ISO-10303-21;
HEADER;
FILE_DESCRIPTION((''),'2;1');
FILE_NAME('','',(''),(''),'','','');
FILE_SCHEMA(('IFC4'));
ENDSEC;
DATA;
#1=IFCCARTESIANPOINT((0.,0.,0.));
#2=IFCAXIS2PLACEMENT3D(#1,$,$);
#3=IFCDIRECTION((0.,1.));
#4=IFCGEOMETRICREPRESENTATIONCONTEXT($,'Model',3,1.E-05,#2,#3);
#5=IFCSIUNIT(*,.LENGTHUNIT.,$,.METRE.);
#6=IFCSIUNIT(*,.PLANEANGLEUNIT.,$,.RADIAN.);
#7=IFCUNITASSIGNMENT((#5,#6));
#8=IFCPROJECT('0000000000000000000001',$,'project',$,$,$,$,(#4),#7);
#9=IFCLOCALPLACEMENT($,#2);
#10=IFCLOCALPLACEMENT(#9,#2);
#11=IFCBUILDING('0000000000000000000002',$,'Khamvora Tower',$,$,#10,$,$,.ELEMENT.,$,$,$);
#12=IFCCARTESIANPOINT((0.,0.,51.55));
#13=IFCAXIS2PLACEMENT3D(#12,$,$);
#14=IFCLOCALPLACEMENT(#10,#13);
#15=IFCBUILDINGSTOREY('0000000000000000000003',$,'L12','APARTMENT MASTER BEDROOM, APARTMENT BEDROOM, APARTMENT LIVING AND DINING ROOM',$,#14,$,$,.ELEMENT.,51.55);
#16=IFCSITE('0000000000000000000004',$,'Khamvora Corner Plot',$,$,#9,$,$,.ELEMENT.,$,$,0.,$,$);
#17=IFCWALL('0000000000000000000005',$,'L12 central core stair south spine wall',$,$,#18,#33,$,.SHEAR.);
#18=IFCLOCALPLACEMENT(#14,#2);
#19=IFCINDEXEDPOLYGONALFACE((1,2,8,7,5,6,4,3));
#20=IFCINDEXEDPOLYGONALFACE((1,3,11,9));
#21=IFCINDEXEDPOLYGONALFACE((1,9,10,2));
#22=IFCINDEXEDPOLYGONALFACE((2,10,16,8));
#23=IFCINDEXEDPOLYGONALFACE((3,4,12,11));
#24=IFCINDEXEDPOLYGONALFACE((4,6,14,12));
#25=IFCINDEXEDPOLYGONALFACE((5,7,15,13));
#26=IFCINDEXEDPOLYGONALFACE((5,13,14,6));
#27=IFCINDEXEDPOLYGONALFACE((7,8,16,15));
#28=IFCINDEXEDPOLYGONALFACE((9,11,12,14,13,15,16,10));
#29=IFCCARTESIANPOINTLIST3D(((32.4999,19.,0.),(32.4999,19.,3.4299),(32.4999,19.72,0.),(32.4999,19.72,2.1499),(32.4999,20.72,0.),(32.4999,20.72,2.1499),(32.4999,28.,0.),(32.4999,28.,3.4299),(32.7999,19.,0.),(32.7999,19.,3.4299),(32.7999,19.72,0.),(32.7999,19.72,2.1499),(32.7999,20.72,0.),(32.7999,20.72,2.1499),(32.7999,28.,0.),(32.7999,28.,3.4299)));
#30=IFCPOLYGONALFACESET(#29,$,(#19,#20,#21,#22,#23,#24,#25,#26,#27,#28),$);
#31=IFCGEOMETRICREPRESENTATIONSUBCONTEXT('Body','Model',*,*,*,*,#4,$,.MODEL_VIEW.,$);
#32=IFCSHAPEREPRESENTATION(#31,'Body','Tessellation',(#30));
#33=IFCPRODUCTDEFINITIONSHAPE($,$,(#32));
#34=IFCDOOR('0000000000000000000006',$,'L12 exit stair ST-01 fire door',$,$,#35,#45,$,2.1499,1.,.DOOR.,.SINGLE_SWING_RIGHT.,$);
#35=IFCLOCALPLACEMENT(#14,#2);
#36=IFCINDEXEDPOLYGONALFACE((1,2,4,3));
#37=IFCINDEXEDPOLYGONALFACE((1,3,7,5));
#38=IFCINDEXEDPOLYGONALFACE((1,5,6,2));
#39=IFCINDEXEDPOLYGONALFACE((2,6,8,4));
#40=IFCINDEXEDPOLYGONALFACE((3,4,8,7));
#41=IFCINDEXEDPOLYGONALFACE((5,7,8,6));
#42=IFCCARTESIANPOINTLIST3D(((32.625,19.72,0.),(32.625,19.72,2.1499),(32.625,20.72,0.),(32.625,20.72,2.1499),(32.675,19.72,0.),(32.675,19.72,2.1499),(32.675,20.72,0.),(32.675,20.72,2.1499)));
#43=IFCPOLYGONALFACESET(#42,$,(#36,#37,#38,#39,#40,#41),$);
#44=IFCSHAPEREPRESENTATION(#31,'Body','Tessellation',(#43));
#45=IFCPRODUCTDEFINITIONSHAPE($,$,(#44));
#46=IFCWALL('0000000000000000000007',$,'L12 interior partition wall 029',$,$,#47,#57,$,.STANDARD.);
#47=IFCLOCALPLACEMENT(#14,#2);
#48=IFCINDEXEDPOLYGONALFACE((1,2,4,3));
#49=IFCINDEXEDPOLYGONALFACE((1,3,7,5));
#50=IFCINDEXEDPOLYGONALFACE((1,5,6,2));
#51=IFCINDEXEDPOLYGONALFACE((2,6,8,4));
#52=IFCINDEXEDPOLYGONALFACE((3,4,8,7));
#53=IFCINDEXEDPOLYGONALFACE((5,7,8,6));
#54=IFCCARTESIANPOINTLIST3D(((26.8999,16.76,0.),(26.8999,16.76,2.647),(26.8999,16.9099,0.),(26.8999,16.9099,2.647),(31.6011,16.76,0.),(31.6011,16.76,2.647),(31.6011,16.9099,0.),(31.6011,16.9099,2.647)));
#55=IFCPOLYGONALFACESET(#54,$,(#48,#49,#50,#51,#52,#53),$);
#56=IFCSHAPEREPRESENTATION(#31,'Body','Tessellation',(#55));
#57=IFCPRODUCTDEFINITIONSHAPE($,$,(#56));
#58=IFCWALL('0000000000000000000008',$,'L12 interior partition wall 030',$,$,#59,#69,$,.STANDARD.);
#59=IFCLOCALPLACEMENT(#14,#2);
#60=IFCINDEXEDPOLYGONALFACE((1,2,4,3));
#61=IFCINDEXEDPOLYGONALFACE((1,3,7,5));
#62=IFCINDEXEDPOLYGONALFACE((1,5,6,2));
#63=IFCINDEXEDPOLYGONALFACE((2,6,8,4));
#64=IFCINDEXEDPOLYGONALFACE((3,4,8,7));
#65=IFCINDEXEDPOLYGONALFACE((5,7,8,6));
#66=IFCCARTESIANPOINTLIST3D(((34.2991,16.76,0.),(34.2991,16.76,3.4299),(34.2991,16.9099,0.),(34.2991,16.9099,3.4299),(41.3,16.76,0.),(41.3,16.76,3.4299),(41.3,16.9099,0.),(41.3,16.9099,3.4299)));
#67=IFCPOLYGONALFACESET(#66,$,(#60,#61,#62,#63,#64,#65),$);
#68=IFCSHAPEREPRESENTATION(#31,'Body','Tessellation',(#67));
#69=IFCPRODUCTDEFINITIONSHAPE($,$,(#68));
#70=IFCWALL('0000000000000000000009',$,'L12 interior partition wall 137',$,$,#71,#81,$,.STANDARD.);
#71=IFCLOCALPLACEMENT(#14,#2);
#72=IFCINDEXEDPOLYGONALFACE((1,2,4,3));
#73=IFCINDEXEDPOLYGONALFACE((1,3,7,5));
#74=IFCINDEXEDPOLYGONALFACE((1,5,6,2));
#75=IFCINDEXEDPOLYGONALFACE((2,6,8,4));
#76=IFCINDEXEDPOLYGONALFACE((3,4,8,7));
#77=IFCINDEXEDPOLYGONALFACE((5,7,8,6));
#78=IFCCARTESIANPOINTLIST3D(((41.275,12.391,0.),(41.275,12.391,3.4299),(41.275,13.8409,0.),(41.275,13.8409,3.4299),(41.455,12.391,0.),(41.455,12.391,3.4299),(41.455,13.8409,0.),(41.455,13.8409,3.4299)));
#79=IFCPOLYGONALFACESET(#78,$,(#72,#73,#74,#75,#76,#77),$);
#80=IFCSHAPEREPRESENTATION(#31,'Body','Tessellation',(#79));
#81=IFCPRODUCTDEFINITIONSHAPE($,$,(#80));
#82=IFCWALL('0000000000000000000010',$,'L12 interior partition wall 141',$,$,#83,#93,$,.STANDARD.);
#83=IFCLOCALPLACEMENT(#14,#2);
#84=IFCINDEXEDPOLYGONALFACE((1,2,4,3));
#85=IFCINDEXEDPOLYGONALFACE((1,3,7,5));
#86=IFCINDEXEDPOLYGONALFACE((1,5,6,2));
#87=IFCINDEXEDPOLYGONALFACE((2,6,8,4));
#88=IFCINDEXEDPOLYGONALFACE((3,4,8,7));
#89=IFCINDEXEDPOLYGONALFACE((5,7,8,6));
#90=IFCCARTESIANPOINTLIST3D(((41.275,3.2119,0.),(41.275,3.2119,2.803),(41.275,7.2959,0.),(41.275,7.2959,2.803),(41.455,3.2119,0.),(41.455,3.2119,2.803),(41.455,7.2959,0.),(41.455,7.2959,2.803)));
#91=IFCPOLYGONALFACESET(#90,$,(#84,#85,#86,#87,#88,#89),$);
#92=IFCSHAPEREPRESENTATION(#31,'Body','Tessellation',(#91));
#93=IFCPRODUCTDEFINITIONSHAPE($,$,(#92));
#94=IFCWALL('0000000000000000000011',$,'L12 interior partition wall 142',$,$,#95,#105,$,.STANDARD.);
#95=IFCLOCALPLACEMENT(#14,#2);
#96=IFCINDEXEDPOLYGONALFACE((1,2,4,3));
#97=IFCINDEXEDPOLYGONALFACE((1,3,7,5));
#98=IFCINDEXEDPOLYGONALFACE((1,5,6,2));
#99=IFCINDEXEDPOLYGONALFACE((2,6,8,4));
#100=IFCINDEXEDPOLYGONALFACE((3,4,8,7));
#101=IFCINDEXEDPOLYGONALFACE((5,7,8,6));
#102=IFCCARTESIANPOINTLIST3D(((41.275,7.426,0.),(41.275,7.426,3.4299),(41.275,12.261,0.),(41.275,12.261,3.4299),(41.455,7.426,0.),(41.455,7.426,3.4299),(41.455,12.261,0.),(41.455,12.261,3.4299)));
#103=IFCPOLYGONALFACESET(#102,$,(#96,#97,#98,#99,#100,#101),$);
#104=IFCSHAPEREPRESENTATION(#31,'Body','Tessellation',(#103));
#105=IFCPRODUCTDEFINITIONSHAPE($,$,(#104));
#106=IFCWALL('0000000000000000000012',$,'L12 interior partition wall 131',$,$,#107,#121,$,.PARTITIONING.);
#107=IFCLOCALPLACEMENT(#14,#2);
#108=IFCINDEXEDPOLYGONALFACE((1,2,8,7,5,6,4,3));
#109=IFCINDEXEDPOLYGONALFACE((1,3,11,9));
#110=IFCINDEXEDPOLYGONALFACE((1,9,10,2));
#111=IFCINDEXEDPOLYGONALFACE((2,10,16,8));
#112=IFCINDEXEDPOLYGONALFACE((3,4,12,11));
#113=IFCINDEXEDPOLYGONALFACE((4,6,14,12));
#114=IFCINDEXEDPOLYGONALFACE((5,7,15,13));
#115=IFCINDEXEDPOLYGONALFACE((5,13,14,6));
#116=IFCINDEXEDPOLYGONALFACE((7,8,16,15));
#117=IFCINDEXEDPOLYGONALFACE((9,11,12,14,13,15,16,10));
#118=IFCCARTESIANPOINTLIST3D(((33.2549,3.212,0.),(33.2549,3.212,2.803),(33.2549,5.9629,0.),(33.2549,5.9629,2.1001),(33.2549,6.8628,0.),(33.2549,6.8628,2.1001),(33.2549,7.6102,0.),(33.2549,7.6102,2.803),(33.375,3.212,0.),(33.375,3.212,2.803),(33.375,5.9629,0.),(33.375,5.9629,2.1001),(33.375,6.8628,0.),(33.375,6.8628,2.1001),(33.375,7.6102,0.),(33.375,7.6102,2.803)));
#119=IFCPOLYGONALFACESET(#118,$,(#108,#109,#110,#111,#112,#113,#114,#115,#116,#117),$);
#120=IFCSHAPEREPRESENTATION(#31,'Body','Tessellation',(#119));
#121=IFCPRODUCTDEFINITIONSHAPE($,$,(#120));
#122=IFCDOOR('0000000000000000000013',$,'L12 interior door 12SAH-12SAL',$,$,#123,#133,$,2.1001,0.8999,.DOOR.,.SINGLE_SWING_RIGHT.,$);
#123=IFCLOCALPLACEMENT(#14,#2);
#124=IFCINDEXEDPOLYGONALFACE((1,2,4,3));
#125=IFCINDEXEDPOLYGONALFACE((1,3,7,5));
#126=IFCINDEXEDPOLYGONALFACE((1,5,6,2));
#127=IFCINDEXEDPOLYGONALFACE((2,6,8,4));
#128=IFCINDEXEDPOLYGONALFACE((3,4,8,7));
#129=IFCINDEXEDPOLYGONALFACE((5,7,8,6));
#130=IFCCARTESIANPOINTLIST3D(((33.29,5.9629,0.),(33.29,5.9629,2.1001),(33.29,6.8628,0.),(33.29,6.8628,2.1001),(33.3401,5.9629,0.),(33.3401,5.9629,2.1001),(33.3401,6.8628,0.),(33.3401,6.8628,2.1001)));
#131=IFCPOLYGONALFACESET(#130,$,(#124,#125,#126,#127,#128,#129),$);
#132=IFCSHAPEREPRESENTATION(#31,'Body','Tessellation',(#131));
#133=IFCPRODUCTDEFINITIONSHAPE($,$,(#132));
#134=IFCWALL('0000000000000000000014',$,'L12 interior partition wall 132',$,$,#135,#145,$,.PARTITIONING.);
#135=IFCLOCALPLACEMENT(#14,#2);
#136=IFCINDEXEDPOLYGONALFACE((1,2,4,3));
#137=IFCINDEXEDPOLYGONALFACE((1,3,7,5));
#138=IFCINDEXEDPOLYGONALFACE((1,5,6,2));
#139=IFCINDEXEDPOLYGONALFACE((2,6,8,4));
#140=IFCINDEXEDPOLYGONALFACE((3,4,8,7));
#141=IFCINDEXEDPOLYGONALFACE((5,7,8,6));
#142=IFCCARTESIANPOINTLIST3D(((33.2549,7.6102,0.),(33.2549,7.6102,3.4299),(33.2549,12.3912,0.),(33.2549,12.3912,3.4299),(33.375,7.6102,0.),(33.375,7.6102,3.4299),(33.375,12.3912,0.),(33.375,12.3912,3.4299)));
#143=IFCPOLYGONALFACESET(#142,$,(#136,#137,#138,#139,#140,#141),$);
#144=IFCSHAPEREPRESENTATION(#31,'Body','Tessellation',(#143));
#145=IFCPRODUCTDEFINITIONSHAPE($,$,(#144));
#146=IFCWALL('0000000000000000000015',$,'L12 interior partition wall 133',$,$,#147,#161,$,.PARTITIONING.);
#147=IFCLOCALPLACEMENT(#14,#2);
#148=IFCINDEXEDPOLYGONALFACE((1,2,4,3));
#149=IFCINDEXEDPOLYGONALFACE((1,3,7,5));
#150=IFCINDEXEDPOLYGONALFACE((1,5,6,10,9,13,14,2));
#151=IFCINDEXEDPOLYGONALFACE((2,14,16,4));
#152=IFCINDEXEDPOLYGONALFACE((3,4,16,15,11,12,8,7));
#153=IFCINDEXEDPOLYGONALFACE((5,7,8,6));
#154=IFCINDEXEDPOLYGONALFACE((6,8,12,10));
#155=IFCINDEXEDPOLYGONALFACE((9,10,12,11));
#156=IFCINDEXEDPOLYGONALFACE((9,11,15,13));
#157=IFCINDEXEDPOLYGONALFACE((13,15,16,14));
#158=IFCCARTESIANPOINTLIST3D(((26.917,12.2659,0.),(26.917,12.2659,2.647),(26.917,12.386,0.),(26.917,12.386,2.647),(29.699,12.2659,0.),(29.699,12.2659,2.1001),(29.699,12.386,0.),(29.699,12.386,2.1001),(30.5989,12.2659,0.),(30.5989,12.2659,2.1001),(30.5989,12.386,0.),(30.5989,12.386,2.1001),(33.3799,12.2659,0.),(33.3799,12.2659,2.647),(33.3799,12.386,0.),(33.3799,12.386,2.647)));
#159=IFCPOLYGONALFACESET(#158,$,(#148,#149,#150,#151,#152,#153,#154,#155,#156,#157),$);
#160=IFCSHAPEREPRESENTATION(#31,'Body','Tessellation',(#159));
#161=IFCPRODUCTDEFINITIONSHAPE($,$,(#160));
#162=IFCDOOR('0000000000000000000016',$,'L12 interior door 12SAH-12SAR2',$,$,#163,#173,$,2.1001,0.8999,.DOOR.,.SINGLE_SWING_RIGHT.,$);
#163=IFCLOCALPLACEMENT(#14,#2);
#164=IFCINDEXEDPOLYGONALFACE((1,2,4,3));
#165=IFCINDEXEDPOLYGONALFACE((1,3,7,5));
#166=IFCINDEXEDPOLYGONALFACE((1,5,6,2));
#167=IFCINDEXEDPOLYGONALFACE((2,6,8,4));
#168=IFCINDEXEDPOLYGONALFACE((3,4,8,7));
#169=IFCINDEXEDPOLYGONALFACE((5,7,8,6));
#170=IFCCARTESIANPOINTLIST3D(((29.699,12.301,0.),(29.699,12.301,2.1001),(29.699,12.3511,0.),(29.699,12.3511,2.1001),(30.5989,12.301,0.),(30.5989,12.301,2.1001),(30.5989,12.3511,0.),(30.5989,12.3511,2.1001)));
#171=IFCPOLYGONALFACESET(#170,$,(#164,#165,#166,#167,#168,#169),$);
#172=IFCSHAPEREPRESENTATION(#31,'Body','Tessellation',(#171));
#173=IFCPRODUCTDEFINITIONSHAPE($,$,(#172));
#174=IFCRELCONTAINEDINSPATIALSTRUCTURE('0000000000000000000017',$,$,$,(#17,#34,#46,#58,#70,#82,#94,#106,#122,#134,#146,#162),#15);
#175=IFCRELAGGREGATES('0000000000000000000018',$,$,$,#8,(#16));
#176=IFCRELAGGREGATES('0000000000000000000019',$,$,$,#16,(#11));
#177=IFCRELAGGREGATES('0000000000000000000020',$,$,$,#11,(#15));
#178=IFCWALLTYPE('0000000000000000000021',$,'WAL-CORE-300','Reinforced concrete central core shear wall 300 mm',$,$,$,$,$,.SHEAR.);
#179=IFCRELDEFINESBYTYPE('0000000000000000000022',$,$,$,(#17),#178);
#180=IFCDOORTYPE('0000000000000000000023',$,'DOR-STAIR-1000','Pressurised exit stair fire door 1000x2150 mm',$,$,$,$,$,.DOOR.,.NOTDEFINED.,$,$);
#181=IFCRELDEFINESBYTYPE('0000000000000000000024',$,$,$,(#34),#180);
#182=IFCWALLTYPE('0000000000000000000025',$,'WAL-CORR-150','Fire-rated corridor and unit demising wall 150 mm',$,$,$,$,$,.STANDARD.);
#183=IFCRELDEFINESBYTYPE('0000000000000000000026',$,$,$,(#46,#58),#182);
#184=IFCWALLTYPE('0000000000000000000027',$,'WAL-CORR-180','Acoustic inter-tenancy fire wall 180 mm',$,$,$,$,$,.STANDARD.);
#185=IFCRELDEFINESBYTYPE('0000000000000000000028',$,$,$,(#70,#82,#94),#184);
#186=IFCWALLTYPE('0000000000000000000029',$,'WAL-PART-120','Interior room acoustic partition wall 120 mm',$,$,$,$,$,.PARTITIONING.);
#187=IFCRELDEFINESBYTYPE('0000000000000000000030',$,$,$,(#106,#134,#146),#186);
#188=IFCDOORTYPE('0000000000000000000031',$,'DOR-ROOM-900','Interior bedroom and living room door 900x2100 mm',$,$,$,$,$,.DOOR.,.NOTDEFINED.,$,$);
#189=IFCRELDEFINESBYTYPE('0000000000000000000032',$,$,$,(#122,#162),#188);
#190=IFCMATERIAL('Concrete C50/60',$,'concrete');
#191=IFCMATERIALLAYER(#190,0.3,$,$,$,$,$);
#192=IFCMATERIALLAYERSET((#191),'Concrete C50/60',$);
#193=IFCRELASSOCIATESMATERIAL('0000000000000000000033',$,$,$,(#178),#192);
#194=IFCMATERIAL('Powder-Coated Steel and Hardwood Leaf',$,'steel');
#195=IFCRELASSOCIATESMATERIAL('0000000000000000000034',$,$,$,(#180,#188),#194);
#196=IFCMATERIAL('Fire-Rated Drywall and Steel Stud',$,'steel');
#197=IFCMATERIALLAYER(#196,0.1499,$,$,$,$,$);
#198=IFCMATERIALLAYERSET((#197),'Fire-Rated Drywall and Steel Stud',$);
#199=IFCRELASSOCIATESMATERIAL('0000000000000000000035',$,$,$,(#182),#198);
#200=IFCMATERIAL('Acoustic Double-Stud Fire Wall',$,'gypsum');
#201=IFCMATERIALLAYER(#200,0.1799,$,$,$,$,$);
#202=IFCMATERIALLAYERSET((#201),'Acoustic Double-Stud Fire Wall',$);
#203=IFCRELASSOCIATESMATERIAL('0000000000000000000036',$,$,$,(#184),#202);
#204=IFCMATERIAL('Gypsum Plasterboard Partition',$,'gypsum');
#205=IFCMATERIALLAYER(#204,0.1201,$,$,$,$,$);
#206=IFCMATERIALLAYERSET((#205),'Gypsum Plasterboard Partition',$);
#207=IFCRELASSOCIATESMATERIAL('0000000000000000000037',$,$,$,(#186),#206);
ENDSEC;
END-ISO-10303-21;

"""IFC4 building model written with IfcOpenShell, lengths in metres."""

from ifc_helpers import new_model, si_unit, direction, frame, frame_2d, origin, place, context, subcontext, project, spatial, rectangle, extrude, material, layer, layer_set, type_object, element, fill, save


model = new_model("IFC4")

# Units and contexts
model_context = context("Model", 3, precision=1e-05, world=origin(), true_north=direction((0.0, 1.0)))
body_context = subcontext(model_context, "Body", "Model", "MODEL_VIEW")
ifc_project = project(units=[si_unit("LENGTHUNIT", "METRE"), si_unit("PLANEANGLEUNIT", "RADIAN")], contexts=[model_context])

# Site, building, storey
site_placement = place(None, origin())
site = spatial("IfcSite", under=ifc_project, at=site_placement, Name="Khamvora Corner Plot", CompositionType="ELEMENT", RefElevation=0.0)
building_placement = place(site_placement, origin())
building = spatial("IfcBuilding", under=site, at=building_placement, Name="Khamvora Tower", CompositionType="ELEMENT")
storey_placement = place(building_placement, frame((0.0, 0.0, 51.55)))
storey = spatial("IfcBuildingStorey", under=building, at=storey_placement, Name="L12", Description="APARTMENT MASTER BEDROOM, APARTMENT BEDROOM, APARTMENT LIVING AND DINING ROOM", CompositionType="ELEMENT", Elevation=51.55)

# Shared definitions
ifc_material_1 = material(Name="Concrete C50/60", Category="concrete")
ifc_layer_1 = layer(ifc_material_1, 0.3)
ifc_layer_set_1 = layer_set([ifc_layer_1], Name="Concrete C50/60")
wall_type_1 = type_object("IfcWallType", Name="WAL-CORE-300", Description="Reinforced concrete central core shear wall 300 mm", PredefinedType="SHEAR", material=ifc_layer_set_1)

# Wall, opening, door
ifc_material_2 = material(Name="Powder-Coated Steel and Hardwood Leaf", Category="steel")
wall_1_placement = place(storey_placement, frame((32.6499, 19.0, 0.0), z_axis=(0.0, 0.0, 1.0), x_axis=(0.0, 1.0, 0.0)))
wall_1 = element("IfcWall", 1, at=wall_1_placement, inside=storey, type_object=wall_type_1, Name="L12 central core stair south spine wall", PredefinedType="SHEAR", context=body_context, shape_type="SweptSolid", body=[
    extrude(rectangle(XDim=9.0, YDim=0.3, at=frame_2d((4.5, 0.0))), origin(), (0.0, 0.0, 1.0), 3.4299),
])
opening_1_placement = place(wall_1_placement, frame((0.72, 0.0, 0.0)))
opening_1 = element("IfcOpeningElement", 2, at=opening_1_placement, cuts=wall_1, PredefinedType="OPENING", context=body_context, shape_type="SweptSolid", body=[
    extrude(rectangle(XDim=1.0, YDim=2.1499, at=frame_2d((0.5, 1.075))), frame((0.0, 0.1599, 0.0), z_axis=(0.0, -1.0, 0.0), x_axis=(1.0, 0.0, 0.0)), (0.0, 0.0, 1.0), 0.3201),
])
door_type_1 = type_object("IfcDoorType", Name="DOR-STAIR-1000", Description="Pressurised exit stair fire door 1000x2150 mm", OperationType="NOTDEFINED", PredefinedType="DOOR", material=ifc_material_2)
door_1_placement = place(opening_1_placement, origin())
door_1 = element("IfcDoor", 3, at=door_1_placement, inside=storey, type_object=door_type_1, Name="L12 exit stair ST-01 fire door", OperationType="SINGLE_SWING_RIGHT", OverallHeight=2.1499, OverallWidth=1.0, PredefinedType="DOOR", context=body_context, shape_type="SweptSolid", body=[
    extrude(rectangle(XDim=1.0, YDim=2.1499, at=frame_2d((0.5, 1.075))), frame((0.0, 0.0249, 0.0), z_axis=(0.0, -1.0, 0.0), x_axis=(1.0, 0.0, 0.0)), (0.0, 0.0, 1.0), 0.05),
])
fill(opening_1, door_1)
ifc_material_3 = material(Name="Fire-Rated Drywall and Steel Stud", Category="steel")
ifc_layer_2 = layer(ifc_material_3, 0.1499)
ifc_layer_set_2 = layer_set([ifc_layer_2], Name="Fire-Rated Drywall and Steel Stud")
wall_type_2 = type_object("IfcWallType", Name="WAL-CORR-150", Description="Fire-rated corridor and unit demising wall 150 mm", PredefinedType="STANDARD", material=ifc_layer_set_2)

# Walls
wall_2_placement = place(storey_placement, frame((31.6011, 16.835, 0.0), z_axis=(0.0, 0.0, 1.0), x_axis=(-1.0, 0.0, 0.0)))
element("IfcWall", 4, at=wall_2_placement, inside=storey, type_object=wall_type_2, Name="L12 interior partition wall 029", PredefinedType="STANDARD", context=body_context, shape_type="SweptSolid", body=[
    extrude(rectangle(XDim=4.7012, YDim=0.1499, at=frame_2d((2.3506, 0.0))), origin(), (0.0, 0.0, 1.0), 2.647),
])
wall_3_placement = place(storey_placement, frame((41.3, 16.835, 0.0), z_axis=(0.0, 0.0, 1.0), x_axis=(-1.0, 0.0, 0.0)))
element("IfcWall", 5, at=wall_3_placement, inside=storey, type_object=wall_type_2, Name="L12 interior partition wall 030", PredefinedType="STANDARD", context=body_context, shape_type="SweptSolid", body=[
    extrude(rectangle(XDim=7.001, YDim=0.1499, at=frame_2d((3.5005, 0.0))), origin(), (0.0, 0.0, 1.0), 3.4299),
])
ifc_material_4 = material(Name="Acoustic Double-Stud Fire Wall", Category="gypsum")
ifc_layer_3 = layer(ifc_material_4, 0.1799)
ifc_layer_set_3 = layer_set([ifc_layer_3], Name="Acoustic Double-Stud Fire Wall")
wall_type_3 = type_object("IfcWallType", Name="WAL-CORR-180", Description="Acoustic inter-tenancy fire wall 180 mm", PredefinedType="STANDARD", material=ifc_layer_set_3)
wall_4_placement = place(storey_placement, frame((41.365, 13.8411, 0.0), z_axis=(0.0, 0.0, 1.0), x_axis=(0.0, -1.0, 0.0)))
element("IfcWall", 6, at=wall_4_placement, inside=storey, type_object=wall_type_3, Name="L12 interior partition wall 137", PredefinedType="STANDARD", context=body_context, shape_type="SweptSolid", body=[
    extrude(rectangle(XDim=1.45, YDim=0.1799, at=frame_2d((0.7251, 0.0))), origin(), (0.0, 0.0, 1.0), 3.4299),
])
wall_5_placement = place(storey_placement, frame((41.365, 7.2959, 0.0), z_axis=(0.0, 0.0, 1.0), x_axis=(0.0, -1.0, 0.0)))
element("IfcWall", 7, at=wall_5_placement, inside=storey, type_object=wall_type_3, Name="L12 interior partition wall 141", PredefinedType="STANDARD", context=body_context, shape_type="SweptSolid", body=[
    extrude(rectangle(XDim=4.084, YDim=0.1799, at=frame_2d((2.042, 0.0))), origin(), (0.0, 0.0, 1.0), 2.803),
])
wall_6_placement = place(storey_placement, frame((41.365, 12.261, 0.0), z_axis=(0.0, 0.0, 1.0), x_axis=(0.0, -1.0, 0.0)))
element("IfcWall", 8, at=wall_6_placement, inside=storey, type_object=wall_type_3, Name="L12 interior partition wall 142", PredefinedType="STANDARD", context=body_context, shape_type="SweptSolid", body=[
    extrude(rectangle(XDim=4.835, YDim=0.1799, at=frame_2d((2.4175, 0.0))), origin(), (0.0, 0.0, 1.0), 3.4299),
])

# Wall, opening, door
ifc_material_5 = material(Name="Gypsum Plasterboard Partition", Category="gypsum")
ifc_layer_4 = layer(ifc_material_5, 0.1201)
ifc_layer_set_4 = layer_set([ifc_layer_4], Name="Gypsum Plasterboard Partition")
wall_type_4 = type_object("IfcWallType", Name="WAL-PART-120", Description="Interior room acoustic partition wall 120 mm", PredefinedType="PARTITIONING", material=ifc_layer_set_4)
wall_7_placement = place(storey_placement, frame((33.3149, 3.2119, 0.0), z_axis=(0.0, 0.0, 1.0), x_axis=(0.0, 1.0, 0.0)))
wall_7 = element("IfcWall", 9, at=wall_7_placement, inside=storey, type_object=wall_type_4, Name="L12 interior partition wall 131", PredefinedType="PARTITIONING", context=body_context, shape_type="SweptSolid", body=[
    extrude(rectangle(XDim=4.3982, YDim=0.1201, at=frame_2d((2.1992, 0.0))), origin(), (0.0, 0.0, 1.0), 2.803),
])
opening_2_placement = place(wall_7_placement, frame((2.751, 0.0, 0.0)))
opening_2 = element("IfcOpeningElement", 10, at=opening_2_placement, cuts=wall_7, PredefinedType="OPENING", context=body_context, shape_type="SweptSolid", body=[
    extrude(rectangle(XDim=0.8999, YDim=2.1001, at=frame_2d((0.45, 1.05))), frame((0.0, 0.0701, 0.0), z_axis=(0.0, -1.0, 0.0), x_axis=(1.0, 0.0, 0.0)), (0.0, 0.0, 1.0), 0.1401),
])
door_type_2 = type_object("IfcDoorType", Name="DOR-ROOM-900", Description="Interior bedroom and living room door 900x2100 mm", OperationType="NOTDEFINED", PredefinedType="DOOR", material=ifc_material_2)
door_2_placement = place(opening_2_placement, origin())
door_2 = element("IfcDoor", 11, at=door_2_placement, inside=storey, type_object=door_type_2, Name="L12 interior door 12SAH-12SAL", OperationType="SINGLE_SWING_RIGHT", OverallHeight=2.1001, OverallWidth=0.8999, PredefinedType="DOOR", context=body_context, shape_type="SweptSolid", body=[
    extrude(rectangle(XDim=0.8999, YDim=2.1001, at=frame_2d((0.45, 1.05))), frame((0.0, 0.0249, 0.0), z_axis=(0.0, -1.0, 0.0), x_axis=(1.0, 0.0, 0.0)), (0.0, 0.0, 1.0), 0.05),
])
fill(opening_2, door_2)

# Wall
wall_8_placement = place(storey_placement, frame((33.3149, 7.6101, 0.0), z_axis=(0.0, 0.0, 1.0), x_axis=(0.0, 1.0, 0.0)))
element("IfcWall", 12, at=wall_8_placement, inside=storey, type_object=wall_type_4, Name="L12 interior partition wall 132", PredefinedType="PARTITIONING", context=body_context, shape_type="SweptSolid", body=[
    extrude(rectangle(XDim=4.781, YDim=0.1201, at=frame_2d((2.3906, 0.0))), origin(), (0.0, 0.0, 1.0), 3.4299),
])

# Wall, opening, door
wall_9_placement = place(storey_placement, frame((33.3799, 12.3259, 0.0), z_axis=(0.0, 0.0, 1.0), x_axis=(-1.0, 0.0, 0.0)))
wall_9 = element("IfcWall", 13, at=wall_9_placement, inside=storey, type_object=wall_type_4, Name="L12 interior partition wall 133", PredefinedType="PARTITIONING", context=body_context, shape_type="SweptSolid", body=[
    extrude(rectangle(XDim=6.4629, YDim=0.1201, at=frame_2d((3.2314, 0.0))), origin(), (0.0, 0.0, 1.0), 2.647),
])
opening_3_placement = place(wall_9_placement, frame((2.781, 0.0, 0.0)))
opening_3 = element("IfcOpeningElement", 14, at=opening_3_placement, cuts=wall_9, PredefinedType="OPENING", context=body_context, shape_type="SweptSolid", body=[
    extrude(rectangle(XDim=0.8999, YDim=2.1001, at=frame_2d((0.45, 1.05))), frame((0.0, 0.0701, 0.0), z_axis=(0.0, -1.0, 0.0), x_axis=(1.0, 0.0, 0.0)), (0.0, 0.0, 1.0), 0.1401),
])
door_3_placement = place(opening_3_placement, origin())
door_3 = element("IfcDoor", 15, at=door_3_placement, inside=storey, type_object=door_type_2, Name="L12 interior door 12SAH-12SAR2", OperationType="SINGLE_SWING_RIGHT", OverallHeight=2.1001, OverallWidth=0.8999, PredefinedType="DOOR", context=body_context, shape_type="SweptSolid", body=[
    extrude(rectangle(XDim=0.8999, YDim=2.1001, at=frame_2d((0.45, 1.05))), frame((0.0, 0.0249, 0.0), z_axis=(0.0, -1.0, 0.0), x_axis=(1.0, 0.0, 0.0)), (0.0, 0.0, 1.0), 0.05),
])
fill(opening_3, door_3)

save(model, "model.ifc")
